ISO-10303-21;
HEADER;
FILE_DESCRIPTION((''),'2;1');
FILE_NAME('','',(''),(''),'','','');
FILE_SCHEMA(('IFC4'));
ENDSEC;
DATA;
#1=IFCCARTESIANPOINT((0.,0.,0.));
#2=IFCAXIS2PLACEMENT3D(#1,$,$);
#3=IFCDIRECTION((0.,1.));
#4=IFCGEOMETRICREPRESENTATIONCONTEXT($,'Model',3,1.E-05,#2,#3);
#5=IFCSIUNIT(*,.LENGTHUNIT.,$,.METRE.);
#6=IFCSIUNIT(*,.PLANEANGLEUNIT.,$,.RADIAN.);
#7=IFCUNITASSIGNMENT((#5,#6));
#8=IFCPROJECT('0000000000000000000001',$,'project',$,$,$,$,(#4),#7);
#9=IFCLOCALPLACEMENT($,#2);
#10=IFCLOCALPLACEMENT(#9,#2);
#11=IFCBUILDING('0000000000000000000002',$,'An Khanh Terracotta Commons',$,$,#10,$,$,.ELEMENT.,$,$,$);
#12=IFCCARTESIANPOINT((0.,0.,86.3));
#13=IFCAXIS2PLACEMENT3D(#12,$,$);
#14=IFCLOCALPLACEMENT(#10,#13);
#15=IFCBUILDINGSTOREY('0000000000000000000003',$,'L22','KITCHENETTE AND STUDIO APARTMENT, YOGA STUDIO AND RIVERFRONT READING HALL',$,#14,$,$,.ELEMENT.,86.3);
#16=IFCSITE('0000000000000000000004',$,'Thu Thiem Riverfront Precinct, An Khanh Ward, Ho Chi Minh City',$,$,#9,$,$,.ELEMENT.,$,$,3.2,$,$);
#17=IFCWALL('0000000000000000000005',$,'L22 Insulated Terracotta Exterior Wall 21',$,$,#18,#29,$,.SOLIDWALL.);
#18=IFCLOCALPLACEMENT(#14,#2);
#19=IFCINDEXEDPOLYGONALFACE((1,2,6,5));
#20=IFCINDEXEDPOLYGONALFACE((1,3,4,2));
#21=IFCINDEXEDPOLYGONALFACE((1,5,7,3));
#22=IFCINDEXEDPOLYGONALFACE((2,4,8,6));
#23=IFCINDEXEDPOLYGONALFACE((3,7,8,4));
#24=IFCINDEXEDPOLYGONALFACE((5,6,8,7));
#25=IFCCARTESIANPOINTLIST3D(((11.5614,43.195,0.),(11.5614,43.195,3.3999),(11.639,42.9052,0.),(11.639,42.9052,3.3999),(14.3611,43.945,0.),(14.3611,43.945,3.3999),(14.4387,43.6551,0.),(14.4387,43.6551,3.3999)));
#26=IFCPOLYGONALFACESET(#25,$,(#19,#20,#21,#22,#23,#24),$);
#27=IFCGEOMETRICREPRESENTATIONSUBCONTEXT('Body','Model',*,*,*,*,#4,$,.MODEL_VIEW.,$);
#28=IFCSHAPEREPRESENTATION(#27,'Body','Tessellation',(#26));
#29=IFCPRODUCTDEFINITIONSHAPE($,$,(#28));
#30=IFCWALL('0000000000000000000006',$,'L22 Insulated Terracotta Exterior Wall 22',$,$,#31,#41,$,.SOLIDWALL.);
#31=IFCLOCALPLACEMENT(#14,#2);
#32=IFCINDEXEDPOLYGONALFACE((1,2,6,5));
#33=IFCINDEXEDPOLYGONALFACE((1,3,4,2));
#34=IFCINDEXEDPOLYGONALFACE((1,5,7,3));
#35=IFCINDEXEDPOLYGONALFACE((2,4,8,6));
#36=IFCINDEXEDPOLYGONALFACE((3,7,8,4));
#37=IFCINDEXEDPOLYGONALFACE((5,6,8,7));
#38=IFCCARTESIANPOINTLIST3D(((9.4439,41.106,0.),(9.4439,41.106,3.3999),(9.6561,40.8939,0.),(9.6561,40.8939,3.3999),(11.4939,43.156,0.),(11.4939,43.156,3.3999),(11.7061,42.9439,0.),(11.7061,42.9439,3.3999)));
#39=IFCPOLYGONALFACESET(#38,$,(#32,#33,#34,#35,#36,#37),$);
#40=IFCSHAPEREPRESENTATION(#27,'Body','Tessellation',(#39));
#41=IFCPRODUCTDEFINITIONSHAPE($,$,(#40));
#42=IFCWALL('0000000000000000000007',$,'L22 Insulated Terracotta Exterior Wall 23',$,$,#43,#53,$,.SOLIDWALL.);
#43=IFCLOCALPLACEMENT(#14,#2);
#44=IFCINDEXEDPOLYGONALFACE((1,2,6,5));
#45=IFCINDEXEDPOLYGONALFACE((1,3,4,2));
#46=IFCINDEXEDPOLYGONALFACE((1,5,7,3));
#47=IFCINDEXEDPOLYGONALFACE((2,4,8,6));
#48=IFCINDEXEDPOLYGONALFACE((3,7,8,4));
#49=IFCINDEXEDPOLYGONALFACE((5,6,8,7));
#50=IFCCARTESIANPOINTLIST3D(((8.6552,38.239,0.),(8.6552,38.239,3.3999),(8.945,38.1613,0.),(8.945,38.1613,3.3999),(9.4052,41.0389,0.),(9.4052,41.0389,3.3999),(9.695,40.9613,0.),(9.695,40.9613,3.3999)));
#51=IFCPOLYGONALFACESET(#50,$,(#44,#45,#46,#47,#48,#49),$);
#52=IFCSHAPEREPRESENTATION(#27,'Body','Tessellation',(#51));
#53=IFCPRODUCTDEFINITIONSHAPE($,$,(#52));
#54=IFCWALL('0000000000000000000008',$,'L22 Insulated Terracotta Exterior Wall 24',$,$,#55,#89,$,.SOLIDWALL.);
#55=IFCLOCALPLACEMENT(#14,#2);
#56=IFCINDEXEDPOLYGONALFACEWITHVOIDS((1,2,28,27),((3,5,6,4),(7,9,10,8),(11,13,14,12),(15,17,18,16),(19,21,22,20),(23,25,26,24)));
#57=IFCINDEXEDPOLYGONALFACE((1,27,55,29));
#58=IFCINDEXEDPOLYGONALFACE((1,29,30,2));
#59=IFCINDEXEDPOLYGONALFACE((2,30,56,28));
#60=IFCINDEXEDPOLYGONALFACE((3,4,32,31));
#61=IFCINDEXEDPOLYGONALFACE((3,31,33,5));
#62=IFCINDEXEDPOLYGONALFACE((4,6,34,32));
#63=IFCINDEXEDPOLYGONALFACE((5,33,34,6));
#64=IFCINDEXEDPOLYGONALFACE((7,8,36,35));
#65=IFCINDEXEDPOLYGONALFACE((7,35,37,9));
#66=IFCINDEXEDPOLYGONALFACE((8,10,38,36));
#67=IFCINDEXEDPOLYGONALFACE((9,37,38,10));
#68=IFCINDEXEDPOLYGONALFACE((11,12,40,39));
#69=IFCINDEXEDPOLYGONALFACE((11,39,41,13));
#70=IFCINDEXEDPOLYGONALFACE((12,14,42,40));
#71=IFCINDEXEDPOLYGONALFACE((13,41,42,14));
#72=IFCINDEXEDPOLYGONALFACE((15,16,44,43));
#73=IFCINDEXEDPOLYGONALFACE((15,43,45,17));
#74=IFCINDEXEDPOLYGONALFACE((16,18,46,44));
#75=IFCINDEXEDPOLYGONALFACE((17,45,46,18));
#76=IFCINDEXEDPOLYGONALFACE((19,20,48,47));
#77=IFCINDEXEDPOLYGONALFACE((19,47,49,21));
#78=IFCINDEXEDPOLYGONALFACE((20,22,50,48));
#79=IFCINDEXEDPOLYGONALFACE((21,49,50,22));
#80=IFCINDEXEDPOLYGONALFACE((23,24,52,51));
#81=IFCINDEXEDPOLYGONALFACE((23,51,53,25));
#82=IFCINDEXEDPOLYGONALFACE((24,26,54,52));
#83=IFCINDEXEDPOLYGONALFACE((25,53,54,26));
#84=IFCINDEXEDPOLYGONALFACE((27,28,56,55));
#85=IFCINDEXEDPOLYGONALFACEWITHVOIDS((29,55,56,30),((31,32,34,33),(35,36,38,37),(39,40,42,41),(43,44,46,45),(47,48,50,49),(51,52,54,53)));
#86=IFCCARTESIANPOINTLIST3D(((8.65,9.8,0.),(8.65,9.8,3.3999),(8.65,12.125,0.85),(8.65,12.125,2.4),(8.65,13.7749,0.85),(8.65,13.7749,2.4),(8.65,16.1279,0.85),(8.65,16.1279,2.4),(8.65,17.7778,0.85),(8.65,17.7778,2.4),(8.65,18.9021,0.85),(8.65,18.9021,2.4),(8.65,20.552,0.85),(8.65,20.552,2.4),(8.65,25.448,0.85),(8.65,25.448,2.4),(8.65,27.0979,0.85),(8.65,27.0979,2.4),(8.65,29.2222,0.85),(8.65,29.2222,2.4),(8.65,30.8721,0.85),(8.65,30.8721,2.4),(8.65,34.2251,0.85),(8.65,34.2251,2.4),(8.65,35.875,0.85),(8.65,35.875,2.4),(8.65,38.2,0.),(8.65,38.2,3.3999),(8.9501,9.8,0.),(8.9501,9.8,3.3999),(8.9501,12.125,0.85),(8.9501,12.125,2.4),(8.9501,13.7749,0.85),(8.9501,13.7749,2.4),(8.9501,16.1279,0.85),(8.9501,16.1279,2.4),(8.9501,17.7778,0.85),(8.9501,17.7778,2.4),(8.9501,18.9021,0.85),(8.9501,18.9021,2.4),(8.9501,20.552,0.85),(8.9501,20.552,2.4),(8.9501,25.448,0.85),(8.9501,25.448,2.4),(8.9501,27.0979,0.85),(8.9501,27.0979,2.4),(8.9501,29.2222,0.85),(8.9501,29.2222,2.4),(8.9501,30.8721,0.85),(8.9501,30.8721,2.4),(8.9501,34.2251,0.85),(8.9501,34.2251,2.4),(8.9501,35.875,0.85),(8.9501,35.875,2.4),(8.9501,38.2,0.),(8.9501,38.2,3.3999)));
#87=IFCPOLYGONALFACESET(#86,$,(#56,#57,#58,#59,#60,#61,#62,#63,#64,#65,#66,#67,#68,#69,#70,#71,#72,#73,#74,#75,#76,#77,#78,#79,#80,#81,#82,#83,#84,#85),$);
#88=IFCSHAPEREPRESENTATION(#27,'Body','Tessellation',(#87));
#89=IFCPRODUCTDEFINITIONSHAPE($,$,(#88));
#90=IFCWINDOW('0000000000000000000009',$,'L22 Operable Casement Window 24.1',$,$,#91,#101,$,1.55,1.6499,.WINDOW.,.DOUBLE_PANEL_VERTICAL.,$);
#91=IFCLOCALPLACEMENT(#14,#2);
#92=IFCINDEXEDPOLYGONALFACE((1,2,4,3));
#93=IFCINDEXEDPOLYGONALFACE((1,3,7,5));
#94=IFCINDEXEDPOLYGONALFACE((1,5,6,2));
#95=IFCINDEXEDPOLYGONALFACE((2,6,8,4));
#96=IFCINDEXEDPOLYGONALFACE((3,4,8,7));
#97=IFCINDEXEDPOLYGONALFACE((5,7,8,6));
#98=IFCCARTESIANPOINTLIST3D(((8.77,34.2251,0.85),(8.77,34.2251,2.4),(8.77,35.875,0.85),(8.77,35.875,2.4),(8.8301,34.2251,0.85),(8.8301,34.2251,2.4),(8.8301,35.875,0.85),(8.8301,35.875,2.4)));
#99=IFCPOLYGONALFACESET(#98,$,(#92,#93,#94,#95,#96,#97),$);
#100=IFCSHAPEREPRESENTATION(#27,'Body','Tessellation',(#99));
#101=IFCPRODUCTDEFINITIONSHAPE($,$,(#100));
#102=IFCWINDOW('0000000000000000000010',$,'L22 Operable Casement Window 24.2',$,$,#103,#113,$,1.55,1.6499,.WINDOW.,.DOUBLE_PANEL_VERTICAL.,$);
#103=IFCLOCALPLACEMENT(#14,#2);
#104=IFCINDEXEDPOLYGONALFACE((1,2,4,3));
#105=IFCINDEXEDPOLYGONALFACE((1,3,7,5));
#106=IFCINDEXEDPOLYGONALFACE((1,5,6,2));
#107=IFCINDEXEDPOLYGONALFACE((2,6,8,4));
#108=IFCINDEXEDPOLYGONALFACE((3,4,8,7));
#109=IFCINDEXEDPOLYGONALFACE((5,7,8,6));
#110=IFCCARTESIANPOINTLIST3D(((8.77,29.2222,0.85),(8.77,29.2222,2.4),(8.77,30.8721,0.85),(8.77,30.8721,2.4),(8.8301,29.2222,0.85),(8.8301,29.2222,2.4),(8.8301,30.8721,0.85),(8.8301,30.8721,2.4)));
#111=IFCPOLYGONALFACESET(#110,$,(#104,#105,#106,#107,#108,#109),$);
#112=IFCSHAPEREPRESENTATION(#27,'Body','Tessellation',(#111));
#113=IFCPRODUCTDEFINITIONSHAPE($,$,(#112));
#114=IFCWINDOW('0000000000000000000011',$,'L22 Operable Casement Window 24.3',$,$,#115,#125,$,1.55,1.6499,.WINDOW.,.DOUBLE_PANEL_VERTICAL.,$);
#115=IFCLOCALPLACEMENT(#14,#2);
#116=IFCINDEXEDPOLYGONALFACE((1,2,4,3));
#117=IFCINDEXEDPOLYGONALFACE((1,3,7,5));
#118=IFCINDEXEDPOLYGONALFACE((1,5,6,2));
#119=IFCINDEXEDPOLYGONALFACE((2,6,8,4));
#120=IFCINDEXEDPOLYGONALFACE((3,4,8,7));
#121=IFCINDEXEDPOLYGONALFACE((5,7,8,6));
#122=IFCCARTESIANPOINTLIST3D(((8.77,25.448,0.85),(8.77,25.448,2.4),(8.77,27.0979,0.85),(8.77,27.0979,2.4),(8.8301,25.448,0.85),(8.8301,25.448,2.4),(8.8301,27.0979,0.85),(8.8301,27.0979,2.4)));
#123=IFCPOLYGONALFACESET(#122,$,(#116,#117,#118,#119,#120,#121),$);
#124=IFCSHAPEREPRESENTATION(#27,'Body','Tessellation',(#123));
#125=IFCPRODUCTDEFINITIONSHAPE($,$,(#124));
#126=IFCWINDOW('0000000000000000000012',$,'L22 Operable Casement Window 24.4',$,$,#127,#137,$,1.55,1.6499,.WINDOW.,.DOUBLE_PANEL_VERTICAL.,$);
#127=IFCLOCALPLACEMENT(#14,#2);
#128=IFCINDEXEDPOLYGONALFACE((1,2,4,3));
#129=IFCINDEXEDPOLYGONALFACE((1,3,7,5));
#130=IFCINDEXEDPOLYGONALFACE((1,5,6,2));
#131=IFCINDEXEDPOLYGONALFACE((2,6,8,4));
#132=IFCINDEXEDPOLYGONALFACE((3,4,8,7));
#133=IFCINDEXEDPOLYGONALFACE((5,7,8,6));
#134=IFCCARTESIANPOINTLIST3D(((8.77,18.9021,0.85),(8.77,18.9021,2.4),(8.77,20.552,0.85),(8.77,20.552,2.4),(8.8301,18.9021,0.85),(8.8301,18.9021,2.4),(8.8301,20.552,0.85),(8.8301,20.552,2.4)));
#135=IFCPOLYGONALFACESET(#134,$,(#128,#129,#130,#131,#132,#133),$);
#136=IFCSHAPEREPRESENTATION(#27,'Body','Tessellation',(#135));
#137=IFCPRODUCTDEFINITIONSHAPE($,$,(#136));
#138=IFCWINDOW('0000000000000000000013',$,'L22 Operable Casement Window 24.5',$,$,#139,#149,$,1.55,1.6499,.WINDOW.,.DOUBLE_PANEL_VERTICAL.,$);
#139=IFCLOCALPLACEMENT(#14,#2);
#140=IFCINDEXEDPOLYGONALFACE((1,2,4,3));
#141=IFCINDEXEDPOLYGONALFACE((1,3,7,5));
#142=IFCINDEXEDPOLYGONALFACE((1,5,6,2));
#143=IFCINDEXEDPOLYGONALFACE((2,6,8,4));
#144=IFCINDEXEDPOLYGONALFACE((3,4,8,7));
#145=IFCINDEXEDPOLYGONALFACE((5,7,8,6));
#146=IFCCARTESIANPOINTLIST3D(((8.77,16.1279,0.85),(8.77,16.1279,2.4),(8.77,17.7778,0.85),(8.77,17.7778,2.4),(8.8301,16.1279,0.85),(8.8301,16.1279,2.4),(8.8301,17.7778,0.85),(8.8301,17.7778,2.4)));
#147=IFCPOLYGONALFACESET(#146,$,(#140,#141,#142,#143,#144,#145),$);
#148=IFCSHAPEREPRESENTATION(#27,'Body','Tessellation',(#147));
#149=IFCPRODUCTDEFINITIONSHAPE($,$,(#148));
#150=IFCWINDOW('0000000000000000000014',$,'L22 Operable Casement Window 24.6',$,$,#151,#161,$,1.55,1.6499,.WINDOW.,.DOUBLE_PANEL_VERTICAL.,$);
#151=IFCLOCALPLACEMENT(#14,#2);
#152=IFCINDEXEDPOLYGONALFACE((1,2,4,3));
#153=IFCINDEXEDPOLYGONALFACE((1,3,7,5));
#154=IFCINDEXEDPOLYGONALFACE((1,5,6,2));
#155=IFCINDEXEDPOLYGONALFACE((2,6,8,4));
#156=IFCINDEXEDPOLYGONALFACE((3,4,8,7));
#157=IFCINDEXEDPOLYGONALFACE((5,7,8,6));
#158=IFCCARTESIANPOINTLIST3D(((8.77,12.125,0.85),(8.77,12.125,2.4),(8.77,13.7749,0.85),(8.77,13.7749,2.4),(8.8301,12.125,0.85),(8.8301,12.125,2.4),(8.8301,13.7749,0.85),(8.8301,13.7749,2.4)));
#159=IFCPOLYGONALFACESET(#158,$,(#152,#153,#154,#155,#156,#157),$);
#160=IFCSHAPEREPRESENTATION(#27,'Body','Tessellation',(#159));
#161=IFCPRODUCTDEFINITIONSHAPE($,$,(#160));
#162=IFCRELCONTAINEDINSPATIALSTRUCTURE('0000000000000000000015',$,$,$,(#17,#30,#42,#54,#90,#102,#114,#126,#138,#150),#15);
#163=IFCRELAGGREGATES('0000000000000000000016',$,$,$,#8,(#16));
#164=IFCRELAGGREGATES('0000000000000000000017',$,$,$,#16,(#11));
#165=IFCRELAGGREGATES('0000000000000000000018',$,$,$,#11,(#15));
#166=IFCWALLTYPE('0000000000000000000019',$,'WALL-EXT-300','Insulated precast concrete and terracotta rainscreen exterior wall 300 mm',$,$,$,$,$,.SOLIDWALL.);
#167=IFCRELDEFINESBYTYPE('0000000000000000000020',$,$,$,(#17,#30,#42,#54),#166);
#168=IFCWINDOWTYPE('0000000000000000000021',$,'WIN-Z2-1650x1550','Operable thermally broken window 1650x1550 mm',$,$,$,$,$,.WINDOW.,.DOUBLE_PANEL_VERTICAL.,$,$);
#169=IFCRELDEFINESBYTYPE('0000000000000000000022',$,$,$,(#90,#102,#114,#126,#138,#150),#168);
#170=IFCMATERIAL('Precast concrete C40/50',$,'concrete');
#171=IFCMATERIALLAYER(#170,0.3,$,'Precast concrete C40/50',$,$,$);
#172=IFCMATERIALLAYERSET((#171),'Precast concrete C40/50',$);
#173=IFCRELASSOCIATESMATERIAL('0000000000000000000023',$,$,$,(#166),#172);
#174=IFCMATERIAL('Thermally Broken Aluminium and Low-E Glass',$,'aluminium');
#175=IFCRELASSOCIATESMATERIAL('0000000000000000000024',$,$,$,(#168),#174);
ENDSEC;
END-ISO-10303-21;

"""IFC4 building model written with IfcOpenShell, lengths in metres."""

from ifc_helpers import new_model, si_unit, direction, frame, frame_2d, origin, place, context, subcontext, project, spatial, rectangle, extrude, material, layer, layer_set, type_object, element, fill, save


model = new_model("IFC4")

# Units and contexts
model_context = context("Model", 3, precision=1e-05, world=origin(), true_north=direction((0.0, 1.0)))
body_context = subcontext(model_context, "Body", "Model", "MODEL_VIEW")
ifc_project = project(units=[si_unit("LENGTHUNIT", "METRE"), si_unit("PLANEANGLEUNIT", "RADIAN")], contexts=[model_context])

# Site, building, storey
site_placement = place(None, origin())
site = spatial("IfcSite", under=ifc_project, at=site_placement, Name="Thu Thiem Riverfront Precinct, An Khanh Ward, Ho Chi Minh City", CompositionType="ELEMENT", RefElevation=3.2)
building_placement = place(site_placement, origin())
building = spatial("IfcBuilding", under=site, at=building_placement, Name="An Khanh Terracotta Commons", CompositionType="ELEMENT")
storey_placement = place(building_placement, frame((0.0, 0.0, 86.3)))
storey = spatial("IfcBuildingStorey", under=building, at=storey_placement, Name="L22", Description="KITCHENETTE AND STUDIO APARTMENT, YOGA STUDIO AND RIVERFRONT READING HALL", CompositionType="ELEMENT", Elevation=86.3)

# Walls
ifc_material_1 = material(Name="Precast concrete C40/50", Category="concrete")
ifc_layer_1 = layer(ifc_material_1, 0.3, Name="Precast concrete C40/50")
ifc_layer_set_1 = layer_set([ifc_layer_1], Name="Precast concrete C40/50")
wall_type_1 = type_object("IfcWallType", Name="WALL-EXT-300", Description="Insulated precast concrete and terracotta rainscreen exterior wall 300 mm", PredefinedType="SOLIDWALL", material=ifc_layer_set_1)
wall_1_placement = place(storey_placement, frame((14.3999, 43.8, 0.0), z_axis=(0.0, 0.0, 1.0), x_axis=(-0.965944, -0.258753, 0.0)))
element("IfcWall", 1, at=wall_1_placement, inside=storey, type_object=wall_type_1, Name="L22 Insulated Terracotta Exterior Wall 21", PredefinedType="SOLIDWALL", context=body_context, shape_type="SweptSolid", body=[
    extrude(rectangle(XDim=2.8984, YDim=0.3, at=frame_2d((1.4492, 0.0))), origin(), (0.0, 0.0, 1.0), 3.3999),
])
wall_2_placement = place(storey_placement, frame((11.6001, 43.05, 0.0), z_axis=(0.0, 0.0, 1.0), x_axis=(-0.707107, -0.707107, 0.0)))
element("IfcWall", 2, at=wall_2_placement, inside=storey, type_object=wall_type_1, Name="L22 Insulated Terracotta Exterior Wall 22", PredefinedType="SOLIDWALL", context=body_context, shape_type="SweptSolid", body=[
    extrude(rectangle(XDim=2.8992, YDim=0.3, at=frame_2d((1.4497, 0.0))), origin(), (0.0, 0.0, 1.0), 3.3999),
])
wall_3_placement = place(storey_placement, frame((9.55, 41.0, 0.0), z_axis=(0.0, 0.0, 1.0), x_axis=(-0.258732, -0.965949, 0.0)))
element("IfcWall", 3, at=wall_3_placement, inside=storey, type_object=wall_type_1, Name="L22 Insulated Terracotta Exterior Wall 23", PredefinedType="SOLIDWALL", context=body_context, shape_type="SweptSolid", body=[
    extrude(rectangle(XDim=2.8987, YDim=0.3, at=frame_2d((1.4492, 0.0))), origin(), (0.0, 0.0, 1.0), 3.3999),
])

# Wall, openings, windows
wall_4_placement = place(storey_placement, frame((8.8, 38.2, 0.0), z_axis=(0.0, 0.0, 1.0), x_axis=(0.0, -1.0, 0.0)))
wall_4 = element("IfcWall", 4, at=wall_4_placement, inside=storey, type_object=wall_type_1, Name="L22 Insulated Terracotta Exterior Wall 24", PredefinedType="SOLIDWALL", context=body_context, shape_type="SweptSolid", body=[
    extrude(rectangle(XDim=28.3999, YDim=0.3, at=frame_2d((14.2, 0.0))), origin(), (0.0, 0.0, 1.0), 3.3999),
])
opening_1_placement = place(wall_4_placement, frame((2.325, 0.0, 0.8501)))
opening_1 = element("IfcOpeningElement", 5, at=opening_1_placement, cuts=wall_4, PredefinedType="OPENING", context=body_context, shape_type="SweptSolid", body=[
    extrude(rectangle(XDim=1.6499, YDim=1.55, at=frame_2d((0.825, 0.7749))), frame((0.0, 0.1599, 0.0), z_axis=(0.0, -1.0, 0.0), x_axis=(1.0, 0.0, 0.0)), (0.0, 0.0, 1.0), 0.3201),
])
opening_2_placement = place(wall_4_placement, frame((7.3279, 0.0, 0.8501)))
opening_2 = element("IfcOpeningElement", 6, at=opening_2_placement, cuts=wall_4, PredefinedType="OPENING", context=body_context, shape_type="SweptSolid", body=[
    extrude(rectangle(XDim=1.6499, YDim=1.55, at=frame_2d((0.825, 0.7749))), frame((0.0, 0.1599, 0.0), z_axis=(0.0, -1.0, 0.0), x_axis=(1.0, 0.0, 0.0)), (0.0, 0.0, 1.0), 0.3201),
])
opening_3_placement = place(wall_4_placement, frame((11.1021, 0.0, 0.8501)))
opening_3 = element("IfcOpeningElement", 7, at=opening_3_placement, cuts=wall_4, PredefinedType="OPENING", context=body_context, shape_type="SweptSolid", body=[
    extrude(rectangle(XDim=1.6499, YDim=1.55, at=frame_2d((0.825, 0.7749))), frame((0.0, 0.1599, 0.0), z_axis=(0.0, -1.0, 0.0), x_axis=(1.0, 0.0, 0.0)), (0.0, 0.0, 1.0), 0.3201),
])
opening_4_placement = place(wall_4_placement, frame((17.6479, 0.0, 0.8501)))
opening_4 = element("IfcOpeningElement", 8, at=opening_4_placement, cuts=wall_4, PredefinedType="OPENING", context=body_context, shape_type="SweptSolid", body=[
    extrude(rectangle(XDim=1.6499, YDim=1.55, at=frame_2d((0.825, 0.7749))), frame((0.0, 0.1599, 0.0), z_axis=(0.0, -1.0, 0.0), x_axis=(1.0, 0.0, 0.0)), (0.0, 0.0, 1.0), 0.3201),
])
opening_5_placement = place(wall_4_placement, frame((20.4221, 0.0, 0.8501)))
opening_5 = element("IfcOpeningElement", 9, at=opening_5_placement, cuts=wall_4, PredefinedType="OPENING", context=body_context, shape_type="SweptSolid", body=[
    extrude(rectangle(XDim=1.6499, YDim=1.55, at=frame_2d((0.825, 0.7749))), frame((0.0, 0.1599, 0.0), z_axis=(0.0, -1.0, 0.0), x_axis=(1.0, 0.0, 0.0)), (0.0, 0.0, 1.0), 0.3201),
])
opening_6_placement = place(wall_4_placement, frame((24.425, 0.0, 0.8501)))
opening_6 = element("IfcOpeningElement", 10, at=opening_6_placement, cuts=wall_4, PredefinedType="OPENING", context=body_context, shape_type="SweptSolid", body=[
    extrude(rectangle(XDim=1.6499, YDim=1.55, at=frame_2d((0.825, 0.7749))), frame((0.0, 0.1599, 0.0), z_axis=(0.0, -1.0, 0.0), x_axis=(1.0, 0.0, 0.0)), (0.0, 0.0, 1.0), 0.3201),
])
ifc_material_2 = material(Name="Thermally Broken Aluminium and Low-E Glass", Category="aluminium")
window_type = type_object("IfcWindowType", Name="WIN-Z2-1650x1550", Description="Operable thermally broken window 1650x1550 mm", PartitioningType="DOUBLE_PANEL_VERTICAL", PredefinedType="WINDOW", material=ifc_material_2)
window_1_placement = place(opening_1_placement, origin())
window_1 = element("IfcWindow", 11, at=window_1_placement, inside=storey, type_object=window_type, Name="L22 Operable Casement Window 24.1", OverallHeight=1.55, OverallWidth=1.6499, PartitioningType="DOUBLE_PANEL_VERTICAL", PredefinedType="WINDOW", context=body_context, shape_type="SweptSolid", body=[
    extrude(rectangle(XDim=1.6499, YDim=1.55, at=frame_2d((0.825, 0.7749))), frame((0.0, 0.03, 0.0), z_axis=(0.0, -1.0, 0.0), x_axis=(1.0, 0.0, 0.0)), (0.0, 0.0, 1.0), 0.0601),
])
fill(opening_1, window_1)
window_2_placement = place(opening_2_placement, origin())
window_2 = element("IfcWindow", 12, at=window_2_placement, inside=storey, type_object=window_type, Name="L22 Operable Casement Window 24.2", OverallHeight=1.55, OverallWidth=1.6499, PartitioningType="DOUBLE_PANEL_VERTICAL", PredefinedType="WINDOW", context=body_context, shape_type="SweptSolid", body=[
    extrude(rectangle(XDim=1.6499, YDim=1.55, at=frame_2d((0.825, 0.7749))), frame((0.0, 0.03, 0.0), z_axis=(0.0, -1.0, 0.0), x_axis=(1.0, 0.0, 0.0)), (0.0, 0.0, 1.0), 0.0601),
])
fill(opening_2, window_2)
window_3_placement = place(opening_3_placement, origin())
window_3 = element("IfcWindow", 13, at=window_3_placement, inside=storey, type_object=window_type, Name="L22 Operable Casement Window 24.3", OverallHeight=1.55, OverallWidth=1.6499, PartitioningType="DOUBLE_PANEL_VERTICAL", PredefinedType="WINDOW", context=body_context, shape_type="SweptSolid", body=[
    extrude(rectangle(XDim=1.6499, YDim=1.55, at=frame_2d((0.825, 0.7749))), frame((0.0, 0.03, 0.0), z_axis=(0.0, -1.0, 0.0), x_axis=(1.0, 0.0, 0.0)), (0.0, 0.0, 1.0), 0.0601),
])
fill(opening_3, window_3)
window_4_placement = place(opening_4_placement, origin())
window_4 = element("IfcWindow", 14, at=window_4_placement, inside=storey, type_object=window_type, Name="L22 Operable Casement Window 24.4", OverallHeight=1.55, OverallWidth=1.6499, PartitioningType="DOUBLE_PANEL_VERTICAL", PredefinedType="WINDOW", context=body_context, shape_type="SweptSolid", body=[
    extrude(rectangle(XDim=1.6499, YDim=1.55, at=frame_2d((0.825, 0.7749))), frame((0.0, 0.03, 0.0), z_axis=(0.0, -1.0, 0.0), x_axis=(1.0, 0.0, 0.0)), (0.0, 0.0, 1.0), 0.0601),
])
fill(opening_4, window_4)
window_5_placement = place(opening_5_placement, origin())
window_5 = element("IfcWindow", 15, at=window_5_placement, inside=storey, type_object=window_type, Name="L22 Operable Casement Window 24.5", OverallHeight=1.55, OverallWidth=1.6499, PartitioningType="DOUBLE_PANEL_VERTICAL", PredefinedType="WINDOW", context=body_context, shape_type="SweptSolid", body=[
    extrude(rectangle(XDim=1.6499, YDim=1.55, at=frame_2d((0.825, 0.7749))), frame((0.0, 0.03, 0.0), z_axis=(0.0, -1.0, 0.0), x_axis=(1.0, 0.0, 0.0)), (0.0, 0.0, 1.0), 0.0601),
])
fill(opening_5, window_5)
window_6_placement = place(opening_6_placement, origin())
window_6 = element("IfcWindow", 16, at=window_6_placement, inside=storey, type_object=window_type, Name="L22 Operable Casement Window 24.6", OverallHeight=1.55, OverallWidth=1.6499, PartitioningType="DOUBLE_PANEL_VERTICAL", PredefinedType="WINDOW", context=body_context, shape_type="SweptSolid", body=[
    extrude(rectangle(XDim=1.6499, YDim=1.55, at=frame_2d((0.825, 0.7749))), frame((0.0, 0.03, 0.0), z_axis=(0.0, -1.0, 0.0), x_axis=(1.0, 0.0, 0.0)), (0.0, 0.0, 1.0), 0.0601),
])
fill(opening_6, window_6)

save(model, "model.ifc")
